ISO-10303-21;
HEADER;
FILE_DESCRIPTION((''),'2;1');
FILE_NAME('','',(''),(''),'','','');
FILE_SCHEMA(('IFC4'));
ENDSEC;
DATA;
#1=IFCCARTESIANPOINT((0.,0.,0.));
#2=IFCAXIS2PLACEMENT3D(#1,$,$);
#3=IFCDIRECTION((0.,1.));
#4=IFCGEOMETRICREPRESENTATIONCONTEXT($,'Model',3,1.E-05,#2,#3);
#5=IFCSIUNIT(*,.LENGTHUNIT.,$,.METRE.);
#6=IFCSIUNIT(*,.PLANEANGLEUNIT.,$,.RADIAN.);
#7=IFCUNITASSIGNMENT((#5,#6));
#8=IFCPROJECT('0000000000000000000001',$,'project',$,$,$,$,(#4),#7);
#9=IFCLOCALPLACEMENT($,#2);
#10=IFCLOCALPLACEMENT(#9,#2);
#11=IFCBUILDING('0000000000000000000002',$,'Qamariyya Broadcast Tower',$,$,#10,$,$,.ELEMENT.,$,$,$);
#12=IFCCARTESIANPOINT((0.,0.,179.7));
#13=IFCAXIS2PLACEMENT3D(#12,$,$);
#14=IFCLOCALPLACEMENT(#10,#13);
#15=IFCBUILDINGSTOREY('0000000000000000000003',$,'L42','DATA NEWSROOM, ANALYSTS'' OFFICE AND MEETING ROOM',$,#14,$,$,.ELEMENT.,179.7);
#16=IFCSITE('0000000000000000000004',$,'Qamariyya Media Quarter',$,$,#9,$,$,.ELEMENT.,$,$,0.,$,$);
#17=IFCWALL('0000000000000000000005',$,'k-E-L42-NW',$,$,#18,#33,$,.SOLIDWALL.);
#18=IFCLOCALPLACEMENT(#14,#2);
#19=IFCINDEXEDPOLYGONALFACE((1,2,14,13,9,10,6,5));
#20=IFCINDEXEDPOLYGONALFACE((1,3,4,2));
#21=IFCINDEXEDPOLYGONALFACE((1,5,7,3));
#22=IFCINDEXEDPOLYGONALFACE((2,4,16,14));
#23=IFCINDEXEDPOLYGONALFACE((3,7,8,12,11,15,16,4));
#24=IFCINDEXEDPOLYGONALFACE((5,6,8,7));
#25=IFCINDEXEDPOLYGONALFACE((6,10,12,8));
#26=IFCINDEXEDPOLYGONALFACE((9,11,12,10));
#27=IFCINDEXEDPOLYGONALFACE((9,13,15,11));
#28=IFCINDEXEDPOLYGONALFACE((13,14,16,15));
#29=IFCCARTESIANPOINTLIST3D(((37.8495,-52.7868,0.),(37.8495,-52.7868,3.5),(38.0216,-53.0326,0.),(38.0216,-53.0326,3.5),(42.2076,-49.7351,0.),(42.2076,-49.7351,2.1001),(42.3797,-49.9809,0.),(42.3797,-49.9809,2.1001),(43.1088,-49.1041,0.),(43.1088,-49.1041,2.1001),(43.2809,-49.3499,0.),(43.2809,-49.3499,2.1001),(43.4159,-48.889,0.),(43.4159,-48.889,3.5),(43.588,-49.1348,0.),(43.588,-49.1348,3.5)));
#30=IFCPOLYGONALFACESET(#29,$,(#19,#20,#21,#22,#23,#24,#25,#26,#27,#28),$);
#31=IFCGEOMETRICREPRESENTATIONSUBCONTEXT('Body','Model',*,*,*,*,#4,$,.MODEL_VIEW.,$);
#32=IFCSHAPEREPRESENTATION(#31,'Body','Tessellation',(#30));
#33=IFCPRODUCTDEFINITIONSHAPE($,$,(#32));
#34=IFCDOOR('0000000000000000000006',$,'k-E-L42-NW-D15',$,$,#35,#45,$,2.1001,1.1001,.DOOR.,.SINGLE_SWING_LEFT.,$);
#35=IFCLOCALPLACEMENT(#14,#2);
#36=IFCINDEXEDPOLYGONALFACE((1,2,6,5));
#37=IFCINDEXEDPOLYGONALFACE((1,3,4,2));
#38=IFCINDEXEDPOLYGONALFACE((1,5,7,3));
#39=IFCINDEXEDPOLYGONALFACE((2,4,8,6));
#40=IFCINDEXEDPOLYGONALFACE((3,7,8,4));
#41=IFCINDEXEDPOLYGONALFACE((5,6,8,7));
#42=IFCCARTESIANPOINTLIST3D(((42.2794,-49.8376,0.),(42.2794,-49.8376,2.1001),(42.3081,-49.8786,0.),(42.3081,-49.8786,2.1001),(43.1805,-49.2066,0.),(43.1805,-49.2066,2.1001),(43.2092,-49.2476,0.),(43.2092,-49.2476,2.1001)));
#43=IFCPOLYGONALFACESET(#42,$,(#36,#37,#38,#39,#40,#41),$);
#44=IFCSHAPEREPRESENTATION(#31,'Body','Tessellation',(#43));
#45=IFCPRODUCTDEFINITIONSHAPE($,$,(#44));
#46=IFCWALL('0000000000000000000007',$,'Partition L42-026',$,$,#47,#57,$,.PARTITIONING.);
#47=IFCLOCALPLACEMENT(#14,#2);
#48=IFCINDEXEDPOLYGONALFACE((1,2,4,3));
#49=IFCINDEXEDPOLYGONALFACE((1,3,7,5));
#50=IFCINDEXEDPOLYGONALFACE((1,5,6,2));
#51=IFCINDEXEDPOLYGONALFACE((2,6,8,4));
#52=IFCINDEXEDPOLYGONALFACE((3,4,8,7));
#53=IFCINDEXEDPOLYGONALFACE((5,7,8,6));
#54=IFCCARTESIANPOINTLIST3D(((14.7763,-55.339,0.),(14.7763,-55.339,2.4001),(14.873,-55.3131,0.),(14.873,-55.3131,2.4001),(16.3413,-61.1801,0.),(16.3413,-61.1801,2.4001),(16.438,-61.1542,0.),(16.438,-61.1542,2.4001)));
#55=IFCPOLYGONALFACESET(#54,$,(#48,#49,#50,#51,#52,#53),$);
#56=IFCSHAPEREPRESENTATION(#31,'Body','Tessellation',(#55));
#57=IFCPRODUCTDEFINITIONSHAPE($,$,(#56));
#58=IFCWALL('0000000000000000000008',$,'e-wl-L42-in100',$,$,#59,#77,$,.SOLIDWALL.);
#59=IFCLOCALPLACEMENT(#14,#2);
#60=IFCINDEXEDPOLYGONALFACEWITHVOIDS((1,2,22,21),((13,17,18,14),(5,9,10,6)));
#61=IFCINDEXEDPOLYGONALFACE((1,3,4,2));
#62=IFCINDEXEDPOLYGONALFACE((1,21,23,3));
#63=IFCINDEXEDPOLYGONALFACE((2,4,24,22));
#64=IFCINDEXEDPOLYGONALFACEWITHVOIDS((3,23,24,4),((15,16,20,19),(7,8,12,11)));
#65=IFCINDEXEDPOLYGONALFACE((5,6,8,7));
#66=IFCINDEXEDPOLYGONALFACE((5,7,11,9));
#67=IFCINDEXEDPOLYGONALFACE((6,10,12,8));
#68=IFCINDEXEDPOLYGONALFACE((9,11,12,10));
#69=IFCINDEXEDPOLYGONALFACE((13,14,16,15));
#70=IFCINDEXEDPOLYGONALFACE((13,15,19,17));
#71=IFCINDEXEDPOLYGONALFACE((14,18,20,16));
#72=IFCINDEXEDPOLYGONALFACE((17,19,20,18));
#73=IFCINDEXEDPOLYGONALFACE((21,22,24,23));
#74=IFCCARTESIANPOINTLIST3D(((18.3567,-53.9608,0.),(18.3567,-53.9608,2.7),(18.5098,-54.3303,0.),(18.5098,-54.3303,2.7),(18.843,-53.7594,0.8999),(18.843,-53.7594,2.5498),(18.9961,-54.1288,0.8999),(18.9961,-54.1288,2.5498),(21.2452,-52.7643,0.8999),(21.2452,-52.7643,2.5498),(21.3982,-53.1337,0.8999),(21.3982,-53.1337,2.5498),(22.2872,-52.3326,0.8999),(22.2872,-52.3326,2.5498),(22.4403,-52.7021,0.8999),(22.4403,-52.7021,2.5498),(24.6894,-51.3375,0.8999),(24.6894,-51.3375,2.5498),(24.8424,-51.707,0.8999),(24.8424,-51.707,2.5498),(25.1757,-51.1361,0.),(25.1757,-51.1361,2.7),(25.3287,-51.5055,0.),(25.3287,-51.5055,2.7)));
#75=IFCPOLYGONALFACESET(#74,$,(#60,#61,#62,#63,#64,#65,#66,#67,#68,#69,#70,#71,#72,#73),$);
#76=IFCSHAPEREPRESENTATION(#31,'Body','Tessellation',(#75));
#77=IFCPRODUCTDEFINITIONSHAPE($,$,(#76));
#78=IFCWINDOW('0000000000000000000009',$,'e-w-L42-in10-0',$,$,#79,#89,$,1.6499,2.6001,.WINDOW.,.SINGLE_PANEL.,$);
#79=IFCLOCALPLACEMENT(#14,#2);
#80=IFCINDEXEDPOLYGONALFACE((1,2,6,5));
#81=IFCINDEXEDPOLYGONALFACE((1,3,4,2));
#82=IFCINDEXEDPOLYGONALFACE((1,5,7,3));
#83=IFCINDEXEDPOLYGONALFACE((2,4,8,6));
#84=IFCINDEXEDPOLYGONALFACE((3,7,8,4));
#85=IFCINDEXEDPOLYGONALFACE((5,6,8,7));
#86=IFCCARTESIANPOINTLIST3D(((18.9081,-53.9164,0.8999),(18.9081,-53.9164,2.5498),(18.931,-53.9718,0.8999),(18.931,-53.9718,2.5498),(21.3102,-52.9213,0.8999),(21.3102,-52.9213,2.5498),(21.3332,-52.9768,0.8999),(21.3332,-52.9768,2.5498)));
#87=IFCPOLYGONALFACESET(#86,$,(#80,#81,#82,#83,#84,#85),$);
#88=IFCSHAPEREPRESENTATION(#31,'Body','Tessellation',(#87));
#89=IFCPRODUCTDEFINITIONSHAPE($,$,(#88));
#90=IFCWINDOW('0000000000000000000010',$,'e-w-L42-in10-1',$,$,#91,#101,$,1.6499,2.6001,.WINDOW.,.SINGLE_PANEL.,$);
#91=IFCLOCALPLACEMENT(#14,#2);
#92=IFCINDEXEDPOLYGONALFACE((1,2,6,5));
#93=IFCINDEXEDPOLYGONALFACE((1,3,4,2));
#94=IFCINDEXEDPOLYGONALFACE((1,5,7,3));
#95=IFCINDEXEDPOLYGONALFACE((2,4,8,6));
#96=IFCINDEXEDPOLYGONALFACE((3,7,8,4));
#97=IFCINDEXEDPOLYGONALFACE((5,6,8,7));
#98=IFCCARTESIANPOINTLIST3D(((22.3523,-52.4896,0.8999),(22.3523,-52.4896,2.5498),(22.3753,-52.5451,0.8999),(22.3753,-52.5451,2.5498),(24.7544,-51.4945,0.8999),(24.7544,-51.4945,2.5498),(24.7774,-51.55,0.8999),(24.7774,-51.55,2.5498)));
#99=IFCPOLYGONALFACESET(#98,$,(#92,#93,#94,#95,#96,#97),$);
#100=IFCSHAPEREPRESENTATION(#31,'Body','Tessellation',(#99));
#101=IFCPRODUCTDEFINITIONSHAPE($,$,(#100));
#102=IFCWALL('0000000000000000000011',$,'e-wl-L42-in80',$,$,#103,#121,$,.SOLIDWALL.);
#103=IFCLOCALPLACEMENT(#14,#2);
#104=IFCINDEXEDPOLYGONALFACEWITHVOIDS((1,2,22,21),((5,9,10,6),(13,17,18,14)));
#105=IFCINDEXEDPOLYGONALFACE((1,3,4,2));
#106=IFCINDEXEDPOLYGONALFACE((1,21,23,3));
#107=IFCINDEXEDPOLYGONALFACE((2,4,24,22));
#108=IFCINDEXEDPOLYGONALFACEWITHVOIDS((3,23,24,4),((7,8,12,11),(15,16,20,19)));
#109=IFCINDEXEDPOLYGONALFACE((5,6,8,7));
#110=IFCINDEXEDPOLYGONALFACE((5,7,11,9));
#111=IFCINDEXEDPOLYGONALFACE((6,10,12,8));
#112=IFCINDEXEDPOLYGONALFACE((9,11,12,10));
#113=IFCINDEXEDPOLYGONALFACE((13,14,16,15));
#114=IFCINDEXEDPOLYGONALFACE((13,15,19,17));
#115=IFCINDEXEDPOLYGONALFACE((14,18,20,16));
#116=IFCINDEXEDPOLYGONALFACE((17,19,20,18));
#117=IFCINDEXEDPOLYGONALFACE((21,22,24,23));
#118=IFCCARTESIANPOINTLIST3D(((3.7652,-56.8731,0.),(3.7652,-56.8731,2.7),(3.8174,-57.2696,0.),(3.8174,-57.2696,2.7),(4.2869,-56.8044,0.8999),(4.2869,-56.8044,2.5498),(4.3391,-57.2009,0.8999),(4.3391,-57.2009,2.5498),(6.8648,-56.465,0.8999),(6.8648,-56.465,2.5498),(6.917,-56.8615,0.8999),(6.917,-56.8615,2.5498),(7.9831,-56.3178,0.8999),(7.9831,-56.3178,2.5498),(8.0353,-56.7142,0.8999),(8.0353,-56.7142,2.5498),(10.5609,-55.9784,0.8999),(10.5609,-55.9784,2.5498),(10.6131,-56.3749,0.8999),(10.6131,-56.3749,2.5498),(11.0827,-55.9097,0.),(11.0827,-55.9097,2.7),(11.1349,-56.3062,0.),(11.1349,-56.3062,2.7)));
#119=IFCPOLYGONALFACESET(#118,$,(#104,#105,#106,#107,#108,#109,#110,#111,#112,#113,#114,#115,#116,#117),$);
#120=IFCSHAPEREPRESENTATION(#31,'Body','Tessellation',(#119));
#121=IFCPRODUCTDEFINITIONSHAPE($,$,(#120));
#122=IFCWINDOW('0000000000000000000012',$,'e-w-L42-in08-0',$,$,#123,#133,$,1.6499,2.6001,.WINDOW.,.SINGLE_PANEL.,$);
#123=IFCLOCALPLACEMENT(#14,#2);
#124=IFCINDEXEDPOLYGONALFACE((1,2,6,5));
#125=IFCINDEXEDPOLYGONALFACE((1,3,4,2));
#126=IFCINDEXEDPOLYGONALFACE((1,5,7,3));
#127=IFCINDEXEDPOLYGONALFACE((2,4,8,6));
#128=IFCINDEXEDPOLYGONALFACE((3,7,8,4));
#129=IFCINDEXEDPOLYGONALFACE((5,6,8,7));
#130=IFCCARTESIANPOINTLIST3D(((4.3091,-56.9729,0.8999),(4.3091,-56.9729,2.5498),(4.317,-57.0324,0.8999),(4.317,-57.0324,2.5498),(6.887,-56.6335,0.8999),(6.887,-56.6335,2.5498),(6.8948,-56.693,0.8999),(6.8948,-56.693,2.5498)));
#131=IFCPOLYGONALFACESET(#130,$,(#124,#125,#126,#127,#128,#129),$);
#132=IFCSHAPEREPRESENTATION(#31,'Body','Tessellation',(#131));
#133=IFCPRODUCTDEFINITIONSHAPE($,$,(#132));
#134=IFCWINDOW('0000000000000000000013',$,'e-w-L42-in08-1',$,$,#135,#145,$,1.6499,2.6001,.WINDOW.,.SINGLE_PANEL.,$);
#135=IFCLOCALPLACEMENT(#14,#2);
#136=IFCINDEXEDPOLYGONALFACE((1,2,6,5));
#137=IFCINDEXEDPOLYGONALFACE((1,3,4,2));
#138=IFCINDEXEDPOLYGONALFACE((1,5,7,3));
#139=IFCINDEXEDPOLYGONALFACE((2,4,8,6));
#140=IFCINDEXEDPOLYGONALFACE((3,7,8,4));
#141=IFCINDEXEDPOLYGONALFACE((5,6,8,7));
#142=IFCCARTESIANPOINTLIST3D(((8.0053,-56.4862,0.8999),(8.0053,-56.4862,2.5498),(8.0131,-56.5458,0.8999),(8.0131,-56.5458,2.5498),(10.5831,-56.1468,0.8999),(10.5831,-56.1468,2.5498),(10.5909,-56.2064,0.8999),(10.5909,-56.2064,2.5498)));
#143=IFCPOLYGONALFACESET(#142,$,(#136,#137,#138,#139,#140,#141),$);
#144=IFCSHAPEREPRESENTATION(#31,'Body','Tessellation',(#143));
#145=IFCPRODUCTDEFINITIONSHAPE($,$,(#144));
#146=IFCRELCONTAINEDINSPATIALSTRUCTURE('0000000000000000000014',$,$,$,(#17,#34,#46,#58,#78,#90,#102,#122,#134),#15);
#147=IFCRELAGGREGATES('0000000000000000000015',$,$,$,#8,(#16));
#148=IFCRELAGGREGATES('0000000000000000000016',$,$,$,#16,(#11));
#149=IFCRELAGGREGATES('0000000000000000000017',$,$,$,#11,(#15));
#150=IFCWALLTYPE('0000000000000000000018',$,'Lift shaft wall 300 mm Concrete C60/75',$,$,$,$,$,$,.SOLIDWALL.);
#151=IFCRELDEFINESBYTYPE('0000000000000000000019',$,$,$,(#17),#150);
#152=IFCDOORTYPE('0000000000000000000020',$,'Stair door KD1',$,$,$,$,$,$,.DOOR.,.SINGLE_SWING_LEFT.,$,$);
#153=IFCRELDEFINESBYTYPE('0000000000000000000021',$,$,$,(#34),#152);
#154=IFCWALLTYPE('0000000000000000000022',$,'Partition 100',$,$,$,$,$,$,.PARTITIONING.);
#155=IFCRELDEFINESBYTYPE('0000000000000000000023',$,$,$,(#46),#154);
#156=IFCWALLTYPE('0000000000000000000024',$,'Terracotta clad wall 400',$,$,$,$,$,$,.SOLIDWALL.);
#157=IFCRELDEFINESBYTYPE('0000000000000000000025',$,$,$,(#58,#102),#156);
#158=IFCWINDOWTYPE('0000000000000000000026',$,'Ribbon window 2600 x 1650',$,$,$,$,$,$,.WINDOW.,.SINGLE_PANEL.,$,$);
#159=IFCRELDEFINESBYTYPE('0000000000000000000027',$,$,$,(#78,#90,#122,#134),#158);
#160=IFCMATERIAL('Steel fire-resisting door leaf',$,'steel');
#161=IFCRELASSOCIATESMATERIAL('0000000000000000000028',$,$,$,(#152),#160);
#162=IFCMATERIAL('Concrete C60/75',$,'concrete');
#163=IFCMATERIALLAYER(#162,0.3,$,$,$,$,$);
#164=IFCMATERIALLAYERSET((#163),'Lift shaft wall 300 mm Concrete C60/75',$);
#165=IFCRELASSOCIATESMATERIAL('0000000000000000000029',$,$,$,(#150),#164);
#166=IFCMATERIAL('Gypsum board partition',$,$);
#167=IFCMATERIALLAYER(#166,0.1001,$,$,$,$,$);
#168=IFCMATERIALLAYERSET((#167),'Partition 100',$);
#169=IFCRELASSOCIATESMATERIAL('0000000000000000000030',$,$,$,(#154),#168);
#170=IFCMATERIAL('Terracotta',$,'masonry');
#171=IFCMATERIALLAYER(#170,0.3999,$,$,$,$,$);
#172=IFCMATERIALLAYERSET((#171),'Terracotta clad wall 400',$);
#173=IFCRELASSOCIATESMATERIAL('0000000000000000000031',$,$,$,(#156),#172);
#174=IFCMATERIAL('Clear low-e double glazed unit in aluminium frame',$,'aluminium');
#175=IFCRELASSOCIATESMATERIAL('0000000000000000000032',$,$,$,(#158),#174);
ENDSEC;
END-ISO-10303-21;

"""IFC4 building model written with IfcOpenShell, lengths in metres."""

from ifc_helpers import new_model, si_unit, direction, frame, frame_2d, origin, place, context, subcontext, project, spatial, rectangle, extrude, material, layer, layer_set, type_object, element, fill, save


model = new_model("IFC4")

# Units and contexts
model_context = context("Model", 3, precision=1e-05, world=origin(), true_north=direction((0.0, 1.0)))
body_context = subcontext(model_context, "Body", "Model", "MODEL_VIEW")
ifc_project = project(units=[si_unit("LENGTHUNIT", "METRE"), si_unit("PLANEANGLEUNIT", "RADIAN")], contexts=[model_context])

# Site, building, storey
site_placement = place(None, origin())
site = spatial("IfcSite", under=ifc_project, at=site_placement, Name="Qamariyya Media Quarter", CompositionType="ELEMENT", RefElevation=0.0)
building_placement = place(site_placement, origin())
building = spatial("IfcBuilding", under=site, at=building_placement, Name="Qamariyya Broadcast Tower", CompositionType="ELEMENT")
storey_placement = place(building_placement, frame((0.0, 0.0, 179.7)))
storey = spatial("IfcBuildingStorey", under=building, at=storey_placement, Name="L42", Description="DATA NEWSROOM, ANALYSTS' OFFICE AND MEETING ROOM", CompositionType="ELEMENT", Elevation=179.7)

# Shared definitions
ifc_material_1 = material(Name="Concrete C60/75", Category="concrete")

# Shared definitions
ifc_material_2 = material(Name="Steel fire-resisting door leaf", Category="steel")
door_type_1 = type_object("IfcDoorType", Name="Stair door KD1", OperationType="SINGLE_SWING_LEFT", PredefinedType="DOOR", material=ifc_material_2)

# Shared definitions
ifc_material_3 = material(Name="Gypsum board partition")

# Wall, opening, door
ifc_layer_1 = layer(ifc_material_1, 0.3)
ifc_layer_set_1 = layer_set([ifc_layer_1], Name="Lift shaft wall 300 mm Concrete C60/75")
wall_type_1 = type_object("IfcWallType", Name="Lift shaft wall 300 mm Concrete C60/75", PredefinedType="SOLIDWALL", material=ifc_layer_set_1)
wall_1_placement = place(storey_placement, frame((37.9355, -52.9097, 0.0), z_axis=(0.0, 0.0, 1.0), x_axis=(0.819148, 0.573583, 0.0)))
wall_1 = element("IfcWall", 1, at=wall_1_placement, inside=storey, type_object=wall_type_1, Name="k-E-L42-NW", PredefinedType="SOLIDWALL", context=body_context, shape_type="SweptSolid", body=[
    extrude(rectangle(XDim=6.7954, YDim=0.3, at=frame_2d((3.3977, 0.0))), origin(), (0.0, 0.0, 1.0), 3.5),
])
opening_1_placement = place(wall_1_placement, frame((5.3203, 0.0, 0.0)))
opening_1 = element("IfcOpeningElement", 2, at=opening_1_placement, cuts=wall_1, PredefinedType="OPENING", context=body_context, shape_type="SweptSolid", body=[
    extrude(rectangle(XDim=1.1001, YDim=2.1001, at=frame_2d((0.55, 1.05))), frame((0.0, 0.1599, 0.0), z_axis=(0.0, -1.0, 0.0), x_axis=(1.0, 0.0, 0.0)), (0.0, 0.0, 1.0), 0.3201),
])
door_1_placement = place(opening_1_placement, origin())
door_1 = element("IfcDoor", 3, at=door_1_placement, inside=storey, type_object=door_type_1, Name="k-E-L42-NW-D15", OperationType="SINGLE_SWING_LEFT", OverallHeight=2.1001, OverallWidth=1.1001, PredefinedType="DOOR", context=body_context, shape_type="SweptSolid", body=[
    extrude(rectangle(XDim=1.1001, YDim=2.1001, at=frame_2d((0.55, 1.05))), frame((0.0, 0.0249, 0.0), z_axis=(0.0, -1.0, 0.0), x_axis=(1.0, 0.0, 0.0)), (0.0, 0.0, 1.0), 0.05),
])
fill(opening_1, door_1)

# Wall
ifc_layer_2 = layer(ifc_material_3, 0.1001)
ifc_layer_set_2 = layer_set([ifc_layer_2], Name="Partition 100")
wall_type_2 = type_object("IfcWallType", Name="Partition 100", PredefinedType="PARTITIONING", material=ifc_layer_set_2)
wall_2_placement = place(storey_placement, frame((14.8247, -55.3262, 0.0), z_axis=(0.0, 0.0, 1.0), x_axis=(0.258793, -0.965933, 0.0)))
element("IfcWall", 4, at=wall_2_placement, inside=storey, type_object=wall_type_2, Name="Partition L42-026", PredefinedType="PARTITIONING", context=body_context, shape_type="SweptSolid", body=[
    extrude(rectangle(XDim=6.0471, YDim=0.1001, at=frame_2d((3.0234, 0.0))), origin(), (0.0, 0.0, 1.0), 2.4001),
])

# Walls, openings, windows
ifc_material_4 = material(Name="Terracotta", Category="masonry")
ifc_layer_3 = layer(ifc_material_4, 0.3999)
ifc_layer_set_3 = layer_set([ifc_layer_3], Name="Terracotta clad wall 400")
wall_type_3 = type_object("IfcWallType", Name="Terracotta clad wall 400", PredefinedType="SOLIDWALL", material=ifc_layer_set_3)
wall_3_placement = place(storey_placement, frame((25.2522, -51.3208, 0.0), z_axis=(0.0, 0.0, 1.0), x_axis=(-0.923868, -0.382712, 0.0)))
wall_3 = element("IfcWall", 5, at=wall_3_placement, inside=storey, type_object=wall_type_3, Name="e-wl-L42-in100", PredefinedType="SOLIDWALL", context=body_context, shape_type="SweptSolid", body=[
    extrude(rectangle(XDim=7.3809, YDim=0.3999, at=frame_2d((3.6904, 0.0))), origin(), (0.0, 0.0, 1.0), 2.7),
])
opening_2_placement = place(wall_3_placement, frame((4.2544, 0.0, 0.8999)))
opening_2 = element("IfcOpeningElement", 6, at=opening_2_placement, cuts=wall_3, PredefinedType="OPENING", context=body_context, shape_type="SweptSolid", body=[
    extrude(rectangle(XDim=2.6001, YDim=1.6499, at=frame_2d((1.3, 0.825))), frame((0.0, 0.21, 0.0), z_axis=(0.0, -1.0, 0.0), x_axis=(1.0, 0.0, 0.0)), (0.0, 0.0, 1.0), 0.4199),
])
opening_3_placement = place(wall_3_placement, frame((0.5264, 0.0, 0.8999)))
opening_3 = element("IfcOpeningElement", 7, at=opening_3_placement, cuts=wall_3, PredefinedType="OPENING", context=body_context, shape_type="SweptSolid", body=[
    extrude(rectangle(XDim=2.6001, YDim=1.6499, at=frame_2d((1.3, 0.825))), frame((0.0, 0.21, 0.0), z_axis=(0.0, -1.0, 0.0), x_axis=(1.0, 0.0, 0.0)), (0.0, 0.0, 1.0), 0.4199),
])
ifc_material_5 = material(Name="Clear low-e double glazed unit in aluminium frame", Category="aluminium")
window_type = type_object("IfcWindowType", Name="Ribbon window 2600 x 1650", PartitioningType="SINGLE_PANEL", PredefinedType="WINDOW", material=ifc_material_5)
window_1_placement = place(opening_2_placement, origin())
window_1 = element("IfcWindow", 8, at=window_1_placement, inside=storey, type_object=window_type, Name="e-w-L42-in10-0", OverallHeight=1.6499, OverallWidth=2.6001, PartitioningType="SINGLE_PANEL", PredefinedType="WINDOW", context=body_context, shape_type="SweptSolid", body=[
    extrude(rectangle(XDim=2.6001, YDim=1.6499, at=frame_2d((1.3, 0.825))), frame((0.0, 0.03, 0.0), z_axis=(0.0, -1.0, 0.0), x_axis=(1.0, 0.0, 0.0)), (0.0, 0.0, 1.0), 0.0601),
])
fill(opening_2, window_1)
window_2_placement = place(opening_3_placement, origin())
window_2 = element("IfcWindow", 9, at=window_2_placement, inside=storey, type_object=window_type, Name="e-w-L42-in10-1", OverallHeight=1.6499, OverallWidth=2.6001, PartitioningType="SINGLE_PANEL", PredefinedType="WINDOW", context=body_context, shape_type="SweptSolid", body=[
    extrude(rectangle(XDim=2.6001, YDim=1.6499, at=frame_2d((1.3, 0.825))), frame((0.0, 0.03, 0.0), z_axis=(0.0, -1.0, 0.0), x_axis=(1.0, 0.0, 0.0)), (0.0, 0.0, 1.0), 0.0601),
])
fill(opening_3, window_2)
wall_4_placement = place(storey_placement, frame((11.1089, -56.1079, 0.0), z_axis=(0.0, 0.0, 1.0), x_axis=(-0.991444, -0.13053, 0.0)))
wall_4 = element("IfcWall", 10, at=wall_4_placement, inside=storey, type_object=wall_type_3, Name="e-wl-L42-in80", PredefinedType="SOLIDWALL", context=body_context, shape_type="SweptSolid", body=[
    extrude(rectangle(XDim=7.3806, YDim=0.3999, at=frame_2d((3.6904, 0.0))), origin(), (0.0, 0.0, 1.0), 2.7),
])
opening_4_placement = place(wall_4_placement, frame((4.2544, 0.0, 0.8999)))
opening_4 = element("IfcOpeningElement", 11, at=opening_4_placement, cuts=wall_4, PredefinedType="OPENING", context=body_context, shape_type="SweptSolid", body=[
    extrude(rectangle(XDim=2.6001, YDim=1.6499, at=frame_2d((1.3, 0.825))), frame((0.0, 0.21, 0.0), z_axis=(0.0, -1.0, 0.0), x_axis=(1.0, 0.0, 0.0)), (0.0, 0.0, 1.0), 0.4199),
])
opening_5_placement = place(wall_4_placement, frame((0.5264, 0.0, 0.8999)))
opening_5 = element("IfcOpeningElement", 12, at=opening_5_placement, cuts=wall_4, PredefinedType="OPENING", context=body_context, shape_type="SweptSolid", body=[
    extrude(rectangle(XDim=2.6001, YDim=1.6499, at=frame_2d((1.3, 0.825))), frame((0.0, 0.21, 0.0), z_axis=(0.0, -1.0, 0.0), x_axis=(1.0, 0.0, 0.0)), (0.0, 0.0, 1.0), 0.4199),
])
window_3_placement = place(opening_4_placement, origin())
window_3 = element("IfcWindow", 13, at=window_3_placement, inside=storey, type_object=window_type, Name="e-w-L42-in08-0", OverallHeight=1.6499, OverallWidth=2.6001, PartitioningType="SINGLE_PANEL", PredefinedType="WINDOW", context=body_context, shape_type="SweptSolid", body=[
    extrude(rectangle(XDim=2.6001, YDim=1.6499, at=frame_2d((1.3, 0.825))), frame((0.0, 0.03, 0.0), z_axis=(0.0, -1.0, 0.0), x_axis=(1.0, 0.0, 0.0)), (0.0, 0.0, 1.0), 0.0601),
])
fill(opening_4, window_3)
window_4_placement = place(opening_5_placement, origin())
window_4 = element("IfcWindow", 14, at=window_4_placement, inside=storey, type_object=window_type, Name="e-w-L42-in08-1", OverallHeight=1.6499, OverallWidth=2.6001, PartitioningType="SINGLE_PANEL", PredefinedType="WINDOW", context=body_context, shape_type="SweptSolid", body=[
    extrude(rectangle(XDim=2.6001, YDim=1.6499, at=frame_2d((1.3, 0.825))), frame((0.0, 0.03, 0.0), z_axis=(0.0, -1.0, 0.0), x_axis=(1.0, 0.0, 0.0)), (0.0, 0.0, 1.0), 0.0601),
])
fill(opening_5, window_4)

save(model, "model.ifc")
